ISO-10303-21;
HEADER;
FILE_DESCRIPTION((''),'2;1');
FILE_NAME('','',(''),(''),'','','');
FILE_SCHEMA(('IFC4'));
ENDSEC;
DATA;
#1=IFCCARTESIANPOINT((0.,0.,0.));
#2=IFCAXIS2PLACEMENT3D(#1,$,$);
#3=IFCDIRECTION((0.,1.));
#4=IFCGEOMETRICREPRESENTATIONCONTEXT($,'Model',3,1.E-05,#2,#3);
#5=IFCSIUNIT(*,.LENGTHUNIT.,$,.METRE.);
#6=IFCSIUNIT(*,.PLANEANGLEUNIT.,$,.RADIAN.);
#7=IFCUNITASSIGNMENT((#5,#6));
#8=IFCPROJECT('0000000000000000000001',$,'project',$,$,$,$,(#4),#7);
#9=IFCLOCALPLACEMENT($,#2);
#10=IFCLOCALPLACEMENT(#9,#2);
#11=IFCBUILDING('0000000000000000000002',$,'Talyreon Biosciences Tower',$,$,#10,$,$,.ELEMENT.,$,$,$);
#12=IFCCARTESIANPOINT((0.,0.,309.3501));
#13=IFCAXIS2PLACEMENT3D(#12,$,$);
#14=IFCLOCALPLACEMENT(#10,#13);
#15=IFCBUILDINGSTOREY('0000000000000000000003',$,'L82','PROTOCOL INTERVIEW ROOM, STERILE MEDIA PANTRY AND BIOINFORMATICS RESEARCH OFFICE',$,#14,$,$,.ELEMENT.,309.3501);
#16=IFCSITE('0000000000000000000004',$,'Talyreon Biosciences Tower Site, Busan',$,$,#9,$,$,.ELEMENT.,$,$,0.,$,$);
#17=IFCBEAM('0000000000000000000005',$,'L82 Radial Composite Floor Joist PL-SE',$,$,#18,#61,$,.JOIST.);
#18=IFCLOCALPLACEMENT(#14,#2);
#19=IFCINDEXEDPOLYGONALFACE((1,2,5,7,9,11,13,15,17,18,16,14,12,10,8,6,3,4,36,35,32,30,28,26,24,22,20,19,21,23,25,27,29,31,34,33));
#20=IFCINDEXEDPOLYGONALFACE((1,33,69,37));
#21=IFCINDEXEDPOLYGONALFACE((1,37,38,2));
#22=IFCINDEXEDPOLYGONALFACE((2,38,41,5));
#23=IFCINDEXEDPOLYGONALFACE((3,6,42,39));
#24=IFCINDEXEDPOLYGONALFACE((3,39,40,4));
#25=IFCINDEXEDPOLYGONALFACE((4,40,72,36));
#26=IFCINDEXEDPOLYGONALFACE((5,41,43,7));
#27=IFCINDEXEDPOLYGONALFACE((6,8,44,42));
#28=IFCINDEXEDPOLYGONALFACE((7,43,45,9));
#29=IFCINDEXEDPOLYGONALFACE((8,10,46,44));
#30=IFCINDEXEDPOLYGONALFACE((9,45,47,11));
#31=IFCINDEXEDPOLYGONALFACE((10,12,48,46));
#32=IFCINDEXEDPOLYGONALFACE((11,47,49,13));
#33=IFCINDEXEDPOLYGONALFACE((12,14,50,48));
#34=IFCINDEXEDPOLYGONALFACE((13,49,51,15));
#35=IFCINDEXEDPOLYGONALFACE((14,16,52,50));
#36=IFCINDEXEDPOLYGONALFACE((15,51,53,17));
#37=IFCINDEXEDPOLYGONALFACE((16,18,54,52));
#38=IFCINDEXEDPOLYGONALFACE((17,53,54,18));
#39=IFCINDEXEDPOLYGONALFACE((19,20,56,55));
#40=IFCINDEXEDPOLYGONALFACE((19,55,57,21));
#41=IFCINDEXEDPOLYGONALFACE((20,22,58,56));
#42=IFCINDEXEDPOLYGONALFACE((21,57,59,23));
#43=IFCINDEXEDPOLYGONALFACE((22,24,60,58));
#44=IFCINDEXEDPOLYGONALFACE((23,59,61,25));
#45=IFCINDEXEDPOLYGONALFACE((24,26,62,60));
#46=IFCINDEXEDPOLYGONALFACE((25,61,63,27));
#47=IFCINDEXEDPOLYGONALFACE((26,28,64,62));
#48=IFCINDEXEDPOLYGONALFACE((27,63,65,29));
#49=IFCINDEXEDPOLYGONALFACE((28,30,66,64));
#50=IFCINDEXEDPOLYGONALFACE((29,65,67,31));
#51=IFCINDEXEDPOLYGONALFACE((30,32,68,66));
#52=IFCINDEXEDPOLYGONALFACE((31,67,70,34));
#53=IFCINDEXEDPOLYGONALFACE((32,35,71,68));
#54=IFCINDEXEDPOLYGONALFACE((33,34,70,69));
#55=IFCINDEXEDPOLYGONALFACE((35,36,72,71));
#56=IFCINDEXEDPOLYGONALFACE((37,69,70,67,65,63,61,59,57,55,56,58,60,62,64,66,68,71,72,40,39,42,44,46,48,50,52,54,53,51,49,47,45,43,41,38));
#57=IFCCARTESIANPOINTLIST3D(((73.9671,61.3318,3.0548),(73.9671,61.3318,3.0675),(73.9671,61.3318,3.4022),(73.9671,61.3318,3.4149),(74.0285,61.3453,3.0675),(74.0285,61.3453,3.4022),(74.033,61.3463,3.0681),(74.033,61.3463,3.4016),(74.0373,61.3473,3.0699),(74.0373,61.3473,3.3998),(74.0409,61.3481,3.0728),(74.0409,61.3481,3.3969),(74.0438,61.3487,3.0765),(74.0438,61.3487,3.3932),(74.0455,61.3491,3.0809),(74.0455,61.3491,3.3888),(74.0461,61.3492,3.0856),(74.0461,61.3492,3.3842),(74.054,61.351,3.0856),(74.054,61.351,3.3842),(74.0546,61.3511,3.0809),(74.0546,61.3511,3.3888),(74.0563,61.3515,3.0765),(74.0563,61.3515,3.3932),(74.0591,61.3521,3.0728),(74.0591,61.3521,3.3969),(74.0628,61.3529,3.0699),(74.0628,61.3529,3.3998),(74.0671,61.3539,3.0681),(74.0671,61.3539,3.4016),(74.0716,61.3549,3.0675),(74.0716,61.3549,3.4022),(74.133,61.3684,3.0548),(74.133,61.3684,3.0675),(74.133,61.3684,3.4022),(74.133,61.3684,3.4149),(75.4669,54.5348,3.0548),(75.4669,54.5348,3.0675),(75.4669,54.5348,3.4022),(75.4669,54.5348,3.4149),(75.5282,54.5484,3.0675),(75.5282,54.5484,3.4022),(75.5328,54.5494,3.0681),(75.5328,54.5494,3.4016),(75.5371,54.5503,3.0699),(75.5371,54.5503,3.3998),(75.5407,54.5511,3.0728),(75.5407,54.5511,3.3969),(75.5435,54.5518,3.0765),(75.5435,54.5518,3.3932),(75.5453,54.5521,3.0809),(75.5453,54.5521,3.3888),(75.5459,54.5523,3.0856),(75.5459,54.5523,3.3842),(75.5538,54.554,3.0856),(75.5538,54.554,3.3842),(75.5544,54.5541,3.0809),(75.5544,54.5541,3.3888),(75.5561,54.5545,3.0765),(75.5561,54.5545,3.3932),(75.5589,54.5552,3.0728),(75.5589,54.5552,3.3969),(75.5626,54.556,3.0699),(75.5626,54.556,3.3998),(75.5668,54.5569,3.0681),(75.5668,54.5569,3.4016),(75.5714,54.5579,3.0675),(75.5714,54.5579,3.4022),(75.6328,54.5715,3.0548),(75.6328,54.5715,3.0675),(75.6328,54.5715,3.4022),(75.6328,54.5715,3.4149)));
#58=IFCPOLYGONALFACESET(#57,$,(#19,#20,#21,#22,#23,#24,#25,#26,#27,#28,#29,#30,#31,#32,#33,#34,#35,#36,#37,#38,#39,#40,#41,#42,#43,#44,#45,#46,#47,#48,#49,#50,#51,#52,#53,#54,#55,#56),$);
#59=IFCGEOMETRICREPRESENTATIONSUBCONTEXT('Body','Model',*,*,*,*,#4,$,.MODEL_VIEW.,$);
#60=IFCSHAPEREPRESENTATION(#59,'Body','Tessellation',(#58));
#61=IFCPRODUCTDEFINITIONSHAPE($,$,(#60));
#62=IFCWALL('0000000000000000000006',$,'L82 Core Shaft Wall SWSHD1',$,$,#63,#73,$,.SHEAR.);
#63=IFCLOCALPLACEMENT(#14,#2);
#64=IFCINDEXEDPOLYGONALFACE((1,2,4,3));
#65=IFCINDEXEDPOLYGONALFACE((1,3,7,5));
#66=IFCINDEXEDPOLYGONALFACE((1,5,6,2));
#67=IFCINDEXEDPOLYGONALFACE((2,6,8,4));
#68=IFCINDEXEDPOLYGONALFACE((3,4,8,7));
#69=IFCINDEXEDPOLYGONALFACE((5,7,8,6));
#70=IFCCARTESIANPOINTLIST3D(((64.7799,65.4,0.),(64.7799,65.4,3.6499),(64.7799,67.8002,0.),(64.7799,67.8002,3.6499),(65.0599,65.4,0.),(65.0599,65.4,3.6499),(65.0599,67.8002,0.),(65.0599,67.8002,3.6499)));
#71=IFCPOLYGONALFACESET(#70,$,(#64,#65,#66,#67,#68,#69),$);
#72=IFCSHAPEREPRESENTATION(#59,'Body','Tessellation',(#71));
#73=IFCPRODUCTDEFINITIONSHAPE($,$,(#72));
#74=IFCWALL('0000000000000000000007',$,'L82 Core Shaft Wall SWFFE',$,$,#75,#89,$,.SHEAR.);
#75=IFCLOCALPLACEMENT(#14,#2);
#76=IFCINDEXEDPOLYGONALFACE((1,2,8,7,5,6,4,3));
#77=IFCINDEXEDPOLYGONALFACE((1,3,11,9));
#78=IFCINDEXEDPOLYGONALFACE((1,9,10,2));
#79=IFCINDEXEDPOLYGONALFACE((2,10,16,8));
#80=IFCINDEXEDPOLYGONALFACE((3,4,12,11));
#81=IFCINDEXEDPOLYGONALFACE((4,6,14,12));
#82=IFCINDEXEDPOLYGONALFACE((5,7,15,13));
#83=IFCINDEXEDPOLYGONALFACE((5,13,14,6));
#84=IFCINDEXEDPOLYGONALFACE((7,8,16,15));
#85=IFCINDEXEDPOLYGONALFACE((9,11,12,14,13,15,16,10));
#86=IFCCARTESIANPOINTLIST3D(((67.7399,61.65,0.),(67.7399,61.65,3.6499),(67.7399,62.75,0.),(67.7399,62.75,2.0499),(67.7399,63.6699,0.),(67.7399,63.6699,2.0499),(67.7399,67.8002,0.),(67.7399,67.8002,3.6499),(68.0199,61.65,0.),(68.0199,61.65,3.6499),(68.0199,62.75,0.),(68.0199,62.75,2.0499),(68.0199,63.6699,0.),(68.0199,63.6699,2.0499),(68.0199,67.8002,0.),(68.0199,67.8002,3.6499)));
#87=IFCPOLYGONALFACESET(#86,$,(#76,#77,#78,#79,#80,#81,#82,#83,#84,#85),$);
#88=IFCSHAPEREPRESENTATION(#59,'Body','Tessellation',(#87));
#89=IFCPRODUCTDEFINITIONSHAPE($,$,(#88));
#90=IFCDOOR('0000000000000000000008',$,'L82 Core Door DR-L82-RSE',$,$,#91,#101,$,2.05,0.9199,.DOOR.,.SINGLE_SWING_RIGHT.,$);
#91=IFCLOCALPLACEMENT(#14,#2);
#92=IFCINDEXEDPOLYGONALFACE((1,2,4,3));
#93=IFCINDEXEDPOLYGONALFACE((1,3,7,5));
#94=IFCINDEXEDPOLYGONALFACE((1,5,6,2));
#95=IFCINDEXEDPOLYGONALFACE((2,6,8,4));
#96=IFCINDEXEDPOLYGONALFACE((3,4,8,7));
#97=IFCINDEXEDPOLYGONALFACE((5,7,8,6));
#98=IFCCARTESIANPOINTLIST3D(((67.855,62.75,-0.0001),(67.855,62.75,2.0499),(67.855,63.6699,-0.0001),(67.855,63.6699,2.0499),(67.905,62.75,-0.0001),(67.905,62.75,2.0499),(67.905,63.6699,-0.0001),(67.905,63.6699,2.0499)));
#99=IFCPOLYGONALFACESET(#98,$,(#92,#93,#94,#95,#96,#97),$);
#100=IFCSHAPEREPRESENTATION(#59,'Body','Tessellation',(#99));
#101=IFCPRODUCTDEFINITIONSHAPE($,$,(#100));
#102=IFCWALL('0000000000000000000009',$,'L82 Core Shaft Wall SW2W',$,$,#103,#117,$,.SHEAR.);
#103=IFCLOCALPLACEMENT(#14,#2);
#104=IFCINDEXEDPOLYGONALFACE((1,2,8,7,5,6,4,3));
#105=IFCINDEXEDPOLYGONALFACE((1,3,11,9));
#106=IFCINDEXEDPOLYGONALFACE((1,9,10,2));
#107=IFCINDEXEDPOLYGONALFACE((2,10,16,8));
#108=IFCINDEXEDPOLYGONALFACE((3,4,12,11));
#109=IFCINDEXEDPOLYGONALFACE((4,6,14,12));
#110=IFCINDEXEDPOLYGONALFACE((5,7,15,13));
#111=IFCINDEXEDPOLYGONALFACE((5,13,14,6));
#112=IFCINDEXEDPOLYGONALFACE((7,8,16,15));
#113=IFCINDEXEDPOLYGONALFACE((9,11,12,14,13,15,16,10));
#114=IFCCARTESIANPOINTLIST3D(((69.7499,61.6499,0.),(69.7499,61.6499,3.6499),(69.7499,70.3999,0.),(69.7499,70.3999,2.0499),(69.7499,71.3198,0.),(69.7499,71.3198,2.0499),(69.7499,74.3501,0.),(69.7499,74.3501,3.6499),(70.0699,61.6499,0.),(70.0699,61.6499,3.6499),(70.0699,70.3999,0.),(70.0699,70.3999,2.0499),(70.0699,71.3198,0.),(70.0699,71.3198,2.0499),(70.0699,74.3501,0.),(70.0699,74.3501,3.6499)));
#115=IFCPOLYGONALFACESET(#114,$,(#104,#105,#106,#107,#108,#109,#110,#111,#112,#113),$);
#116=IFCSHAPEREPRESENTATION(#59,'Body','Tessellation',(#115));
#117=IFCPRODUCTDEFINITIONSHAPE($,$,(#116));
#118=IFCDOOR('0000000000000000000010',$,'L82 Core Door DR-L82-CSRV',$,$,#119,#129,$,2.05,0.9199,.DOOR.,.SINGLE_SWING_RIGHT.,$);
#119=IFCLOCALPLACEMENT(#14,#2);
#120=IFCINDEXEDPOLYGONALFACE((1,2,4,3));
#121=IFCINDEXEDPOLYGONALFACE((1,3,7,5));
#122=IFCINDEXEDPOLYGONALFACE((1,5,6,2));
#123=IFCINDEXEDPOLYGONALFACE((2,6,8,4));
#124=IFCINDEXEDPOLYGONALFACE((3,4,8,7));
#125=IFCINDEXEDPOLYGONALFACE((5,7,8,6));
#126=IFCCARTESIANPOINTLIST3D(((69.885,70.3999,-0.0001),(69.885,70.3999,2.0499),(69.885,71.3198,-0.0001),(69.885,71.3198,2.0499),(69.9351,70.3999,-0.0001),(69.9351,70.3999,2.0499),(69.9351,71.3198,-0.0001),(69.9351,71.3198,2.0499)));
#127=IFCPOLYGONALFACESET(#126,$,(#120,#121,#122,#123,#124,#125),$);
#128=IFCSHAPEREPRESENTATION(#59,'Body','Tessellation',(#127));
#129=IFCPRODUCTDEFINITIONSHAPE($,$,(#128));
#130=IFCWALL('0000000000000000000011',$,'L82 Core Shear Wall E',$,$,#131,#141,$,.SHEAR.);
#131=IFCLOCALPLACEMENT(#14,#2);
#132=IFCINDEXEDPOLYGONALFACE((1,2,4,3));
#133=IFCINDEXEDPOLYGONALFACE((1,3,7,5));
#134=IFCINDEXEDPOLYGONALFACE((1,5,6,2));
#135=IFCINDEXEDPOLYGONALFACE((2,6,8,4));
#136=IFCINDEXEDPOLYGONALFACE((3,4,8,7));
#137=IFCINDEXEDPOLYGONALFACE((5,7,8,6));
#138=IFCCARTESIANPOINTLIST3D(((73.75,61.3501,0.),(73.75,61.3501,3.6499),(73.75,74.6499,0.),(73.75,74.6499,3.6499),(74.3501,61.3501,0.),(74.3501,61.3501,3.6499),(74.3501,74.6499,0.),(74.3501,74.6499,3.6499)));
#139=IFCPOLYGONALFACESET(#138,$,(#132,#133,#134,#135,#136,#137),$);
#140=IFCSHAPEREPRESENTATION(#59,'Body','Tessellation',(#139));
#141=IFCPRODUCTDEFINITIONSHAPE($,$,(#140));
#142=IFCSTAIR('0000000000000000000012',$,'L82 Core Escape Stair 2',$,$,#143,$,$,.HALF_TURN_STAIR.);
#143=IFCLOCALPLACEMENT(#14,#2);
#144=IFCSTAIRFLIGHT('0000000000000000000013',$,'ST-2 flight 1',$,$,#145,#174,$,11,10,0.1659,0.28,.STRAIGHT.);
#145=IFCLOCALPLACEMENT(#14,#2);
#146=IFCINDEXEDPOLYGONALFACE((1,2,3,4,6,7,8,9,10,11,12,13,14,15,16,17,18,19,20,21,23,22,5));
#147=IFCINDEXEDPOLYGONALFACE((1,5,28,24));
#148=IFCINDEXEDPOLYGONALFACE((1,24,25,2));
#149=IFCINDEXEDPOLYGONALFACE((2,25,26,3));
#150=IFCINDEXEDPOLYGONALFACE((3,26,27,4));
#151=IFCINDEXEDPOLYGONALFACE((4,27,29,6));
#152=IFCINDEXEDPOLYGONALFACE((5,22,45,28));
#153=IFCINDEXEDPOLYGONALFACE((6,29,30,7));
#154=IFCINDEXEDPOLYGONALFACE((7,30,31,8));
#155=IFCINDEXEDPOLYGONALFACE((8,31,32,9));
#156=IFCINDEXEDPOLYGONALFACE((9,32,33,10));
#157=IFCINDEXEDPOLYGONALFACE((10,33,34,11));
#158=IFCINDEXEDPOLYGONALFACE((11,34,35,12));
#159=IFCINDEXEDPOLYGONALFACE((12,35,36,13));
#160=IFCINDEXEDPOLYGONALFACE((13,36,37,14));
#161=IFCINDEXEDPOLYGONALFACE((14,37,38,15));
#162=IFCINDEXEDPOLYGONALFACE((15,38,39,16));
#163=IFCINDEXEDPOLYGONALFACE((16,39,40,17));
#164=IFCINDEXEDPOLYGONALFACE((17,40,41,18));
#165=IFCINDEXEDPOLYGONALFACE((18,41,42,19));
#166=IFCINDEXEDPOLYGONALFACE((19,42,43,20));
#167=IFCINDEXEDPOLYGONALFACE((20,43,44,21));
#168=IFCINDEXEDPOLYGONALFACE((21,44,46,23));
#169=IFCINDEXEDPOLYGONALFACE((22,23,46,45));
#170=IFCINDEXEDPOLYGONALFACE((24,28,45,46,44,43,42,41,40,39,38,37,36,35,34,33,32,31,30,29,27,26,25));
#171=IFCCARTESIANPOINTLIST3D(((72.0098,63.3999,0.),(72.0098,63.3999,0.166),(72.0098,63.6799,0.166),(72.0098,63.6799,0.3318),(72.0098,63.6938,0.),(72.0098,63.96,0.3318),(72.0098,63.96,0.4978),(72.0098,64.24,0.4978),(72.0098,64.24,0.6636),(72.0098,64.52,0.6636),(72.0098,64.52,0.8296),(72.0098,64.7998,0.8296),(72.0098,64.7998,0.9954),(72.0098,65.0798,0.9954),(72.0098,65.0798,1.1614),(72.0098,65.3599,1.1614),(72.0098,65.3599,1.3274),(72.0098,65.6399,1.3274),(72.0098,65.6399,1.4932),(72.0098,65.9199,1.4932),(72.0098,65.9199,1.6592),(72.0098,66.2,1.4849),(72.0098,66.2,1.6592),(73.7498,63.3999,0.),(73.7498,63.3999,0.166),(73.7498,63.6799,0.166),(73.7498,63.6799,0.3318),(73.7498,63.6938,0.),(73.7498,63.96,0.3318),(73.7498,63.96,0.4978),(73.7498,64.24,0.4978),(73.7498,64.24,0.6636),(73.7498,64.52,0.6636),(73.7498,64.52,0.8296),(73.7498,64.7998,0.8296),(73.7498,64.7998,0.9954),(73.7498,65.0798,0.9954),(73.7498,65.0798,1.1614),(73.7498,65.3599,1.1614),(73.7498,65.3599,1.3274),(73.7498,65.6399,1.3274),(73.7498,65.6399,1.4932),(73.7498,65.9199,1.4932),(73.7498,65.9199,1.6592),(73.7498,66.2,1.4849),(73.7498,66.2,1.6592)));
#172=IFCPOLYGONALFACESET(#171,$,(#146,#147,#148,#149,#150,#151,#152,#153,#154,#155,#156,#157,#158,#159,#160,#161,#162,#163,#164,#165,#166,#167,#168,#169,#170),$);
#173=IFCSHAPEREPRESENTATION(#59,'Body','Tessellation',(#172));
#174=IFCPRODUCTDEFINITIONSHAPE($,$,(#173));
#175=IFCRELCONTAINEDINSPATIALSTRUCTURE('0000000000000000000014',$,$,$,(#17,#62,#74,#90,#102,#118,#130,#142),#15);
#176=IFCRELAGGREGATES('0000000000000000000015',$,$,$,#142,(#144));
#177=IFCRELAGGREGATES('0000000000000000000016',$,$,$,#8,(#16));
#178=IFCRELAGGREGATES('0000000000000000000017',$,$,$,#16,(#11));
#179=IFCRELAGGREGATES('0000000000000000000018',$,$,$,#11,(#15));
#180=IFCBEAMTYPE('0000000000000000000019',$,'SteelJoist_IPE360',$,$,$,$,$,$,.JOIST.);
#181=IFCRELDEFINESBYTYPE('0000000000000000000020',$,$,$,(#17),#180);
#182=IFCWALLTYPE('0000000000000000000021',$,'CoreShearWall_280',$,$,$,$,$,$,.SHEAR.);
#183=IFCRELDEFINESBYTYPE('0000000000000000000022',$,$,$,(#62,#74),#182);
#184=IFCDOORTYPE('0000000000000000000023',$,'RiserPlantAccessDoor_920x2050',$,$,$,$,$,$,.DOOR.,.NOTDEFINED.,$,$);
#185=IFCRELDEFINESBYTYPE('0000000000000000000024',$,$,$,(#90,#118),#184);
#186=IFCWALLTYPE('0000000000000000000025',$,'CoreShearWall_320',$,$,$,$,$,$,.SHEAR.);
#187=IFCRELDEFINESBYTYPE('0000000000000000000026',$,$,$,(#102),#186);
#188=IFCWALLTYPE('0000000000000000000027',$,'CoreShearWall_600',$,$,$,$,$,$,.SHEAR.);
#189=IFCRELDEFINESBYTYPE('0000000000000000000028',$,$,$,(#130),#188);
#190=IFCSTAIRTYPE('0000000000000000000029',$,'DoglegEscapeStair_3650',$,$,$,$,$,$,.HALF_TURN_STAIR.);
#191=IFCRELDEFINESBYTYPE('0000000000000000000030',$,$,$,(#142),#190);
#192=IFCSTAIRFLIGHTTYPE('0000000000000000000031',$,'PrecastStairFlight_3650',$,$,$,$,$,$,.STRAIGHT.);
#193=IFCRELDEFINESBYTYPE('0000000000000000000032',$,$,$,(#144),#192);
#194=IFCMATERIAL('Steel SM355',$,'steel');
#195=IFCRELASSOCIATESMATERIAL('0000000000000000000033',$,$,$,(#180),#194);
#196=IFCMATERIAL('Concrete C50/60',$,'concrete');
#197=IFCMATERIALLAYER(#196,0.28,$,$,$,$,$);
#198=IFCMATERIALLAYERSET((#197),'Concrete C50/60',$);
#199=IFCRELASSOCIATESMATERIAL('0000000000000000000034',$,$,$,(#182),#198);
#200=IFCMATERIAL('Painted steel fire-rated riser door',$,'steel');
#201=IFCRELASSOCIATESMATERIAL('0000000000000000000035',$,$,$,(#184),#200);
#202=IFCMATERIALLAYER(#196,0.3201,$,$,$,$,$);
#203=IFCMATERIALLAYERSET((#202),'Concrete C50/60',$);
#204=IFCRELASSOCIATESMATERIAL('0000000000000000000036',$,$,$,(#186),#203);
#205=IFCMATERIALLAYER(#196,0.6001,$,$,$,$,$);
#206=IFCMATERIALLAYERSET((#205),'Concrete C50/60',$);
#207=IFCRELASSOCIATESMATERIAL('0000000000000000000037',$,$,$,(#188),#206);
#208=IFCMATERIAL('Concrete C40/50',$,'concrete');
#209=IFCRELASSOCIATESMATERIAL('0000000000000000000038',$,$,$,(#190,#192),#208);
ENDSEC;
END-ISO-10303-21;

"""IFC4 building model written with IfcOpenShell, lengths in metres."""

from ifc_helpers import new_model, si_unit, direction, frame, frame_2d, origin, origin_2d, place, context, subcontext, project, spatial, polyline, rectangle, i_section, outline, extrude, material, layer, layer_set, material_profile, profile_set, type_object, element, fill, aggregate, save


model = new_model("IFC4")

# Units and contexts
model_context = context("Model", 3, precision=1e-05, world=origin(), true_north=direction((0.0, 1.0)))
body_context = subcontext(model_context, "Body", "Model", "MODEL_VIEW")
ifc_project = project(units=[si_unit("LENGTHUNIT", "METRE"), si_unit("PLANEANGLEUNIT", "RADIAN")], contexts=[model_context])

# Site, building, storey
site_placement = place(None, origin())
site = spatial("IfcSite", under=ifc_project, at=site_placement, Name="Talyreon Biosciences Tower Site, Busan", CompositionType="ELEMENT", RefElevation=0.0)
building_placement = place(site_placement, origin())
building = spatial("IfcBuilding", under=site, at=building_placement, Name="Talyreon Biosciences Tower", CompositionType="ELEMENT")
storey_placement = place(building_placement, frame((0.0, 0.0, 309.3501)))
storey = spatial("IfcBuildingStorey", under=building, at=storey_placement, Name="L82", Description="PROTOCOL INTERVIEW ROOM, STERILE MEDIA PANTRY AND BIOINFORMATICS RESEARCH OFFICE", CompositionType="ELEMENT", Elevation=309.3501)

# Shared definitions
ifc_material_1 = material(Name="Concrete C50/60", Category="concrete")

# Beam
ifc_material_2 = material(Name="Steel SM355", Category="steel")
ifc_material_profile_1 = material_profile(ifc_material_2, i_section(OverallWidth=0.1699, OverallDepth=0.3601, WebThickness=0.0081, FlangeThickness=0.0127, FilletRadius=0.0181, at=origin_2d()), Name="IPE360")
ifc_profile_set_1 = profile_set([ifc_material_profile_1], Name="Steel SM355")
beam_type_1 = type_object("IfcBeamType", Name="SteelJoist_IPE360", PredefinedType="JOIST", material=ifc_profile_set_1)
beam_1_placement = place(storey_placement, frame((74.05, 61.3501, 3.2349), z_axis=(0.215471, -0.97651, 0.0), x_axis=(0.97651, 0.215471, 0.0)))
element("IfcBeam", 1, at=beam_1_placement, inside=storey, type_object=beam_type_1, Name="L82 Radial Composite Floor Joist PL-SE", PredefinedType="JOIST", context=body_context, shape_type="SweptSolid", body=[
    extrude(i_section(OverallWidth=0.1699, OverallDepth=0.3601, WebThickness=0.0081, FlangeThickness=0.0127, FilletRadius=0.0181, at=origin_2d()), origin(), (0.0, 0.0, 1.0), 6.9604),
])

# Wall
ifc_layer_1 = layer(ifc_material_1, 0.28)
ifc_layer_set_1 = layer_set([ifc_layer_1], Name="Concrete C50/60")
wall_type_1 = type_object("IfcWallType", Name="CoreShearWall_280", PredefinedType="SHEAR", material=ifc_layer_set_1)
wall_1_placement = place(storey_placement, frame((64.9199, 65.3999, 0.0), z_axis=(0.0, 0.0, 1.0), x_axis=(0.0, 1.0, 0.0)))
element("IfcWall", 2, at=wall_1_placement, inside=storey, type_object=wall_type_1, Name="L82 Core Shaft Wall SWSHD1", PredefinedType="SHEAR", context=body_context, shape_type="SweptSolid", body=[
    extrude(rectangle(XDim=2.4001, YDim=0.28, at=frame_2d((1.2002, 0.0))), origin(), (0.0, 0.0, 1.0), 3.6499),
])

# Walls, openings, doors
wall_2_placement = place(storey_placement, frame((67.8799, 61.6499, 0.0), z_axis=(0.0, 0.0, 1.0), x_axis=(0.0, 1.0, 0.0)))
wall_2 = element("IfcWall", 3, at=wall_2_placement, inside=storey, type_object=wall_type_1, Name="L82 Core Shaft Wall SWFFE", PredefinedType="SHEAR", context=body_context, shape_type="SweptSolid", body=[
    extrude(rectangle(XDim=6.1501, YDim=0.28, at=frame_2d((3.0752, 0.0))), origin(), (0.0, 0.0, 1.0), 3.6499),
])
opening_1_placement = place(wall_2_placement, frame((1.1001, 0.0, 0.0)))
opening_1 = element("IfcOpeningElement", 4, at=opening_1_placement, cuts=wall_2, PredefinedType="OPENING", context=body_context, shape_type="SweptSolid", body=[
    extrude(rectangle(XDim=0.9199, YDim=2.05, at=frame_2d((0.46, 1.0249))), frame((0.0, 0.1499, 0.0), z_axis=(0.0, -1.0, 0.0), x_axis=(1.0, 0.0, 0.0)), (0.0, 0.0, 1.0), 0.3),
])
ifc_material_3 = material(Name="Painted steel fire-rated riser door", Category="steel")
door_type = type_object("IfcDoorType", Name="RiserPlantAccessDoor_920x2050", OperationType="NOTDEFINED", PredefinedType="DOOR", material=ifc_material_3)
door_1_placement = place(opening_1_placement, origin())
door_1 = element("IfcDoor", 5, at=door_1_placement, inside=storey, type_object=door_type, Name="L82 Core Door DR-L82-RSE", OperationType="SINGLE_SWING_RIGHT", OverallHeight=2.05, OverallWidth=0.9199, PredefinedType="DOOR", context=body_context, shape_type="SweptSolid", body=[
    extrude(rectangle(XDim=0.9199, YDim=2.05, at=frame_2d((0.46, 1.0249))), frame((0.0, 0.0249, 0.0), z_axis=(0.0, -1.0, 0.0), x_axis=(1.0, 0.0, 0.0)), (0.0, 0.0, 1.0), 0.05),
])
fill(opening_1, door_1)
ifc_layer_2 = layer(ifc_material_1, 0.3201)
ifc_layer_set_2 = layer_set([ifc_layer_2], Name="Concrete C50/60")
wall_type_2 = type_object("IfcWallType", Name="CoreShearWall_320", PredefinedType="SHEAR", material=ifc_layer_set_2)
wall_3_placement = place(storey_placement, frame((69.9099, 61.6499, 0.0), z_axis=(0.0, 0.0, 1.0), x_axis=(0.0, 1.0, 0.0)))
wall_3 = element("IfcWall", 6, at=wall_3_placement, inside=storey, type_object=wall_type_2, Name="L82 Core Shaft Wall SW2W", PredefinedType="SHEAR", context=body_context, shape_type="SweptSolid", body=[
    extrude(rectangle(XDim=12.7002, YDim=0.3201, at=frame_2d((6.3501, 0.0))), origin(), (0.0, 0.0, 1.0), 3.6499),
])
opening_2_placement = place(wall_3_placement, frame((8.75, 0.0, 0.0)))
opening_2 = element("IfcOpeningElement", 7, at=opening_2_placement, cuts=wall_3, PredefinedType="OPENING", context=body_context, shape_type="SweptSolid", body=[
    extrude(rectangle(XDim=0.9199, YDim=2.05, at=frame_2d((0.46, 1.0249))), frame((0.0, 0.1699, 0.0), z_axis=(0.0, -1.0, 0.0), x_axis=(1.0, 0.0, 0.0)), (0.0, 0.0, 1.0), 0.3401),
])
door_2_placement = place(opening_2_placement, origin())
door_2 = element("IfcDoor", 8, at=door_2_placement, inside=storey, type_object=door_type, Name="L82 Core Door DR-L82-CSRV", OperationType="SINGLE_SWING_RIGHT", OverallHeight=2.05, OverallWidth=0.9199, PredefinedType="DOOR", context=body_context, shape_type="SweptSolid", body=[
    extrude(rectangle(XDim=0.9199, YDim=2.05, at=frame_2d((0.46, 1.0249))), frame((0.0, 0.0249, 0.0), z_axis=(0.0, -1.0, 0.0), x_axis=(1.0, 0.0, 0.0)), (0.0, 0.0, 1.0), 0.05),
])
fill(opening_2, door_2)

# Wall
ifc_layer_3 = layer(ifc_material_1, 0.6001)
ifc_layer_set_3 = layer_set([ifc_layer_3], Name="Concrete C50/60")
wall_type_3 = type_object("IfcWallType", Name="CoreShearWall_600", PredefinedType="SHEAR", material=ifc_layer_set_3)
wall_4_placement = place(storey_placement, frame((74.05, 61.3501, 0.0), z_axis=(0.0, 0.0, 1.0), x_axis=(0.0, 1.0, 0.0)))
element("IfcWall", 9, at=wall_4_placement, inside=storey, type_object=wall_type_3, Name="L82 Core Shear Wall E", PredefinedType="SHEAR", context=body_context, shape_type="SweptSolid", body=[
    extrude(rectangle(XDim=13.2998, YDim=0.6001, at=frame_2d((6.6499, 0.0))), origin(), (0.0, 0.0, 1.0), 3.6499),
])

# Stair, stair flight
ifc_material_4 = material(Name="Concrete C40/50", Category="concrete")
stair_type = type_object("IfcStairType", Name="DoglegEscapeStair_3650", PredefinedType="HALF_TURN_STAIR", material=ifc_material_4)
stair_placement = place(storey_placement, origin())
stair = element("IfcStair", 10, at=stair_placement, inside=storey, type_object=stair_type, Name="L82 Core Escape Stair 2", PredefinedType="HALF_TURN_STAIR")
stair_flight_type = type_object("IfcStairFlightType", Name="PrecastStairFlight_3650", PredefinedType="STRAIGHT", material=ifc_material_4)
stair_flight_1_placement = place(storey_placement, frame((72.8799, 63.3999, 0.0), z_axis=(0.0, 0.0, 1.0), x_axis=(0.0, 1.0, 0.0)))
stair_flight_1 = element("IfcStairFlight", 11, at=stair_flight_1_placement, type_object=stair_flight_type, Name="ST-2 flight 1", NumberOfRisers=11, NumberOfTreads=10, PredefinedType="STRAIGHT", RiserHeight=0.1659, TreadLength=0.28, context=body_context, shape_type="SweptSolid", body=[
    extrude(outline(polyline([(0.0, 0.0), (0.0, 0.166), (0.28, 0.166), (0.28, 0.3318), (0.5601, 0.3318), (0.5601, 0.4978), (0.8401, 0.4978), (0.8401, 0.6636), (1.1201, 0.6636), (1.1201, 0.8296), (1.3999, 0.8296), (1.3999, 0.9954), (1.6799, 0.9954), (1.6799, 1.1614), (1.96, 1.1614), (1.96, 1.3274), (2.24, 1.3274), (2.24, 1.4932), (2.52, 1.4932), (2.52, 1.6592), (2.8, 1.6592), (2.8, 1.825), (2.8, 1.4849), (0.2939, 0.0), (0.0, 0.0)])), frame((0.0, 0.8701, 0.0), z_axis=(0.0, -1.0, 0.0), x_axis=(1.0, 0.0, 0.0)), (0.0, 0.0, 1.0), 1.74),
])
aggregate(stair, [stair_flight_1])

save(model, "model.ifc")
